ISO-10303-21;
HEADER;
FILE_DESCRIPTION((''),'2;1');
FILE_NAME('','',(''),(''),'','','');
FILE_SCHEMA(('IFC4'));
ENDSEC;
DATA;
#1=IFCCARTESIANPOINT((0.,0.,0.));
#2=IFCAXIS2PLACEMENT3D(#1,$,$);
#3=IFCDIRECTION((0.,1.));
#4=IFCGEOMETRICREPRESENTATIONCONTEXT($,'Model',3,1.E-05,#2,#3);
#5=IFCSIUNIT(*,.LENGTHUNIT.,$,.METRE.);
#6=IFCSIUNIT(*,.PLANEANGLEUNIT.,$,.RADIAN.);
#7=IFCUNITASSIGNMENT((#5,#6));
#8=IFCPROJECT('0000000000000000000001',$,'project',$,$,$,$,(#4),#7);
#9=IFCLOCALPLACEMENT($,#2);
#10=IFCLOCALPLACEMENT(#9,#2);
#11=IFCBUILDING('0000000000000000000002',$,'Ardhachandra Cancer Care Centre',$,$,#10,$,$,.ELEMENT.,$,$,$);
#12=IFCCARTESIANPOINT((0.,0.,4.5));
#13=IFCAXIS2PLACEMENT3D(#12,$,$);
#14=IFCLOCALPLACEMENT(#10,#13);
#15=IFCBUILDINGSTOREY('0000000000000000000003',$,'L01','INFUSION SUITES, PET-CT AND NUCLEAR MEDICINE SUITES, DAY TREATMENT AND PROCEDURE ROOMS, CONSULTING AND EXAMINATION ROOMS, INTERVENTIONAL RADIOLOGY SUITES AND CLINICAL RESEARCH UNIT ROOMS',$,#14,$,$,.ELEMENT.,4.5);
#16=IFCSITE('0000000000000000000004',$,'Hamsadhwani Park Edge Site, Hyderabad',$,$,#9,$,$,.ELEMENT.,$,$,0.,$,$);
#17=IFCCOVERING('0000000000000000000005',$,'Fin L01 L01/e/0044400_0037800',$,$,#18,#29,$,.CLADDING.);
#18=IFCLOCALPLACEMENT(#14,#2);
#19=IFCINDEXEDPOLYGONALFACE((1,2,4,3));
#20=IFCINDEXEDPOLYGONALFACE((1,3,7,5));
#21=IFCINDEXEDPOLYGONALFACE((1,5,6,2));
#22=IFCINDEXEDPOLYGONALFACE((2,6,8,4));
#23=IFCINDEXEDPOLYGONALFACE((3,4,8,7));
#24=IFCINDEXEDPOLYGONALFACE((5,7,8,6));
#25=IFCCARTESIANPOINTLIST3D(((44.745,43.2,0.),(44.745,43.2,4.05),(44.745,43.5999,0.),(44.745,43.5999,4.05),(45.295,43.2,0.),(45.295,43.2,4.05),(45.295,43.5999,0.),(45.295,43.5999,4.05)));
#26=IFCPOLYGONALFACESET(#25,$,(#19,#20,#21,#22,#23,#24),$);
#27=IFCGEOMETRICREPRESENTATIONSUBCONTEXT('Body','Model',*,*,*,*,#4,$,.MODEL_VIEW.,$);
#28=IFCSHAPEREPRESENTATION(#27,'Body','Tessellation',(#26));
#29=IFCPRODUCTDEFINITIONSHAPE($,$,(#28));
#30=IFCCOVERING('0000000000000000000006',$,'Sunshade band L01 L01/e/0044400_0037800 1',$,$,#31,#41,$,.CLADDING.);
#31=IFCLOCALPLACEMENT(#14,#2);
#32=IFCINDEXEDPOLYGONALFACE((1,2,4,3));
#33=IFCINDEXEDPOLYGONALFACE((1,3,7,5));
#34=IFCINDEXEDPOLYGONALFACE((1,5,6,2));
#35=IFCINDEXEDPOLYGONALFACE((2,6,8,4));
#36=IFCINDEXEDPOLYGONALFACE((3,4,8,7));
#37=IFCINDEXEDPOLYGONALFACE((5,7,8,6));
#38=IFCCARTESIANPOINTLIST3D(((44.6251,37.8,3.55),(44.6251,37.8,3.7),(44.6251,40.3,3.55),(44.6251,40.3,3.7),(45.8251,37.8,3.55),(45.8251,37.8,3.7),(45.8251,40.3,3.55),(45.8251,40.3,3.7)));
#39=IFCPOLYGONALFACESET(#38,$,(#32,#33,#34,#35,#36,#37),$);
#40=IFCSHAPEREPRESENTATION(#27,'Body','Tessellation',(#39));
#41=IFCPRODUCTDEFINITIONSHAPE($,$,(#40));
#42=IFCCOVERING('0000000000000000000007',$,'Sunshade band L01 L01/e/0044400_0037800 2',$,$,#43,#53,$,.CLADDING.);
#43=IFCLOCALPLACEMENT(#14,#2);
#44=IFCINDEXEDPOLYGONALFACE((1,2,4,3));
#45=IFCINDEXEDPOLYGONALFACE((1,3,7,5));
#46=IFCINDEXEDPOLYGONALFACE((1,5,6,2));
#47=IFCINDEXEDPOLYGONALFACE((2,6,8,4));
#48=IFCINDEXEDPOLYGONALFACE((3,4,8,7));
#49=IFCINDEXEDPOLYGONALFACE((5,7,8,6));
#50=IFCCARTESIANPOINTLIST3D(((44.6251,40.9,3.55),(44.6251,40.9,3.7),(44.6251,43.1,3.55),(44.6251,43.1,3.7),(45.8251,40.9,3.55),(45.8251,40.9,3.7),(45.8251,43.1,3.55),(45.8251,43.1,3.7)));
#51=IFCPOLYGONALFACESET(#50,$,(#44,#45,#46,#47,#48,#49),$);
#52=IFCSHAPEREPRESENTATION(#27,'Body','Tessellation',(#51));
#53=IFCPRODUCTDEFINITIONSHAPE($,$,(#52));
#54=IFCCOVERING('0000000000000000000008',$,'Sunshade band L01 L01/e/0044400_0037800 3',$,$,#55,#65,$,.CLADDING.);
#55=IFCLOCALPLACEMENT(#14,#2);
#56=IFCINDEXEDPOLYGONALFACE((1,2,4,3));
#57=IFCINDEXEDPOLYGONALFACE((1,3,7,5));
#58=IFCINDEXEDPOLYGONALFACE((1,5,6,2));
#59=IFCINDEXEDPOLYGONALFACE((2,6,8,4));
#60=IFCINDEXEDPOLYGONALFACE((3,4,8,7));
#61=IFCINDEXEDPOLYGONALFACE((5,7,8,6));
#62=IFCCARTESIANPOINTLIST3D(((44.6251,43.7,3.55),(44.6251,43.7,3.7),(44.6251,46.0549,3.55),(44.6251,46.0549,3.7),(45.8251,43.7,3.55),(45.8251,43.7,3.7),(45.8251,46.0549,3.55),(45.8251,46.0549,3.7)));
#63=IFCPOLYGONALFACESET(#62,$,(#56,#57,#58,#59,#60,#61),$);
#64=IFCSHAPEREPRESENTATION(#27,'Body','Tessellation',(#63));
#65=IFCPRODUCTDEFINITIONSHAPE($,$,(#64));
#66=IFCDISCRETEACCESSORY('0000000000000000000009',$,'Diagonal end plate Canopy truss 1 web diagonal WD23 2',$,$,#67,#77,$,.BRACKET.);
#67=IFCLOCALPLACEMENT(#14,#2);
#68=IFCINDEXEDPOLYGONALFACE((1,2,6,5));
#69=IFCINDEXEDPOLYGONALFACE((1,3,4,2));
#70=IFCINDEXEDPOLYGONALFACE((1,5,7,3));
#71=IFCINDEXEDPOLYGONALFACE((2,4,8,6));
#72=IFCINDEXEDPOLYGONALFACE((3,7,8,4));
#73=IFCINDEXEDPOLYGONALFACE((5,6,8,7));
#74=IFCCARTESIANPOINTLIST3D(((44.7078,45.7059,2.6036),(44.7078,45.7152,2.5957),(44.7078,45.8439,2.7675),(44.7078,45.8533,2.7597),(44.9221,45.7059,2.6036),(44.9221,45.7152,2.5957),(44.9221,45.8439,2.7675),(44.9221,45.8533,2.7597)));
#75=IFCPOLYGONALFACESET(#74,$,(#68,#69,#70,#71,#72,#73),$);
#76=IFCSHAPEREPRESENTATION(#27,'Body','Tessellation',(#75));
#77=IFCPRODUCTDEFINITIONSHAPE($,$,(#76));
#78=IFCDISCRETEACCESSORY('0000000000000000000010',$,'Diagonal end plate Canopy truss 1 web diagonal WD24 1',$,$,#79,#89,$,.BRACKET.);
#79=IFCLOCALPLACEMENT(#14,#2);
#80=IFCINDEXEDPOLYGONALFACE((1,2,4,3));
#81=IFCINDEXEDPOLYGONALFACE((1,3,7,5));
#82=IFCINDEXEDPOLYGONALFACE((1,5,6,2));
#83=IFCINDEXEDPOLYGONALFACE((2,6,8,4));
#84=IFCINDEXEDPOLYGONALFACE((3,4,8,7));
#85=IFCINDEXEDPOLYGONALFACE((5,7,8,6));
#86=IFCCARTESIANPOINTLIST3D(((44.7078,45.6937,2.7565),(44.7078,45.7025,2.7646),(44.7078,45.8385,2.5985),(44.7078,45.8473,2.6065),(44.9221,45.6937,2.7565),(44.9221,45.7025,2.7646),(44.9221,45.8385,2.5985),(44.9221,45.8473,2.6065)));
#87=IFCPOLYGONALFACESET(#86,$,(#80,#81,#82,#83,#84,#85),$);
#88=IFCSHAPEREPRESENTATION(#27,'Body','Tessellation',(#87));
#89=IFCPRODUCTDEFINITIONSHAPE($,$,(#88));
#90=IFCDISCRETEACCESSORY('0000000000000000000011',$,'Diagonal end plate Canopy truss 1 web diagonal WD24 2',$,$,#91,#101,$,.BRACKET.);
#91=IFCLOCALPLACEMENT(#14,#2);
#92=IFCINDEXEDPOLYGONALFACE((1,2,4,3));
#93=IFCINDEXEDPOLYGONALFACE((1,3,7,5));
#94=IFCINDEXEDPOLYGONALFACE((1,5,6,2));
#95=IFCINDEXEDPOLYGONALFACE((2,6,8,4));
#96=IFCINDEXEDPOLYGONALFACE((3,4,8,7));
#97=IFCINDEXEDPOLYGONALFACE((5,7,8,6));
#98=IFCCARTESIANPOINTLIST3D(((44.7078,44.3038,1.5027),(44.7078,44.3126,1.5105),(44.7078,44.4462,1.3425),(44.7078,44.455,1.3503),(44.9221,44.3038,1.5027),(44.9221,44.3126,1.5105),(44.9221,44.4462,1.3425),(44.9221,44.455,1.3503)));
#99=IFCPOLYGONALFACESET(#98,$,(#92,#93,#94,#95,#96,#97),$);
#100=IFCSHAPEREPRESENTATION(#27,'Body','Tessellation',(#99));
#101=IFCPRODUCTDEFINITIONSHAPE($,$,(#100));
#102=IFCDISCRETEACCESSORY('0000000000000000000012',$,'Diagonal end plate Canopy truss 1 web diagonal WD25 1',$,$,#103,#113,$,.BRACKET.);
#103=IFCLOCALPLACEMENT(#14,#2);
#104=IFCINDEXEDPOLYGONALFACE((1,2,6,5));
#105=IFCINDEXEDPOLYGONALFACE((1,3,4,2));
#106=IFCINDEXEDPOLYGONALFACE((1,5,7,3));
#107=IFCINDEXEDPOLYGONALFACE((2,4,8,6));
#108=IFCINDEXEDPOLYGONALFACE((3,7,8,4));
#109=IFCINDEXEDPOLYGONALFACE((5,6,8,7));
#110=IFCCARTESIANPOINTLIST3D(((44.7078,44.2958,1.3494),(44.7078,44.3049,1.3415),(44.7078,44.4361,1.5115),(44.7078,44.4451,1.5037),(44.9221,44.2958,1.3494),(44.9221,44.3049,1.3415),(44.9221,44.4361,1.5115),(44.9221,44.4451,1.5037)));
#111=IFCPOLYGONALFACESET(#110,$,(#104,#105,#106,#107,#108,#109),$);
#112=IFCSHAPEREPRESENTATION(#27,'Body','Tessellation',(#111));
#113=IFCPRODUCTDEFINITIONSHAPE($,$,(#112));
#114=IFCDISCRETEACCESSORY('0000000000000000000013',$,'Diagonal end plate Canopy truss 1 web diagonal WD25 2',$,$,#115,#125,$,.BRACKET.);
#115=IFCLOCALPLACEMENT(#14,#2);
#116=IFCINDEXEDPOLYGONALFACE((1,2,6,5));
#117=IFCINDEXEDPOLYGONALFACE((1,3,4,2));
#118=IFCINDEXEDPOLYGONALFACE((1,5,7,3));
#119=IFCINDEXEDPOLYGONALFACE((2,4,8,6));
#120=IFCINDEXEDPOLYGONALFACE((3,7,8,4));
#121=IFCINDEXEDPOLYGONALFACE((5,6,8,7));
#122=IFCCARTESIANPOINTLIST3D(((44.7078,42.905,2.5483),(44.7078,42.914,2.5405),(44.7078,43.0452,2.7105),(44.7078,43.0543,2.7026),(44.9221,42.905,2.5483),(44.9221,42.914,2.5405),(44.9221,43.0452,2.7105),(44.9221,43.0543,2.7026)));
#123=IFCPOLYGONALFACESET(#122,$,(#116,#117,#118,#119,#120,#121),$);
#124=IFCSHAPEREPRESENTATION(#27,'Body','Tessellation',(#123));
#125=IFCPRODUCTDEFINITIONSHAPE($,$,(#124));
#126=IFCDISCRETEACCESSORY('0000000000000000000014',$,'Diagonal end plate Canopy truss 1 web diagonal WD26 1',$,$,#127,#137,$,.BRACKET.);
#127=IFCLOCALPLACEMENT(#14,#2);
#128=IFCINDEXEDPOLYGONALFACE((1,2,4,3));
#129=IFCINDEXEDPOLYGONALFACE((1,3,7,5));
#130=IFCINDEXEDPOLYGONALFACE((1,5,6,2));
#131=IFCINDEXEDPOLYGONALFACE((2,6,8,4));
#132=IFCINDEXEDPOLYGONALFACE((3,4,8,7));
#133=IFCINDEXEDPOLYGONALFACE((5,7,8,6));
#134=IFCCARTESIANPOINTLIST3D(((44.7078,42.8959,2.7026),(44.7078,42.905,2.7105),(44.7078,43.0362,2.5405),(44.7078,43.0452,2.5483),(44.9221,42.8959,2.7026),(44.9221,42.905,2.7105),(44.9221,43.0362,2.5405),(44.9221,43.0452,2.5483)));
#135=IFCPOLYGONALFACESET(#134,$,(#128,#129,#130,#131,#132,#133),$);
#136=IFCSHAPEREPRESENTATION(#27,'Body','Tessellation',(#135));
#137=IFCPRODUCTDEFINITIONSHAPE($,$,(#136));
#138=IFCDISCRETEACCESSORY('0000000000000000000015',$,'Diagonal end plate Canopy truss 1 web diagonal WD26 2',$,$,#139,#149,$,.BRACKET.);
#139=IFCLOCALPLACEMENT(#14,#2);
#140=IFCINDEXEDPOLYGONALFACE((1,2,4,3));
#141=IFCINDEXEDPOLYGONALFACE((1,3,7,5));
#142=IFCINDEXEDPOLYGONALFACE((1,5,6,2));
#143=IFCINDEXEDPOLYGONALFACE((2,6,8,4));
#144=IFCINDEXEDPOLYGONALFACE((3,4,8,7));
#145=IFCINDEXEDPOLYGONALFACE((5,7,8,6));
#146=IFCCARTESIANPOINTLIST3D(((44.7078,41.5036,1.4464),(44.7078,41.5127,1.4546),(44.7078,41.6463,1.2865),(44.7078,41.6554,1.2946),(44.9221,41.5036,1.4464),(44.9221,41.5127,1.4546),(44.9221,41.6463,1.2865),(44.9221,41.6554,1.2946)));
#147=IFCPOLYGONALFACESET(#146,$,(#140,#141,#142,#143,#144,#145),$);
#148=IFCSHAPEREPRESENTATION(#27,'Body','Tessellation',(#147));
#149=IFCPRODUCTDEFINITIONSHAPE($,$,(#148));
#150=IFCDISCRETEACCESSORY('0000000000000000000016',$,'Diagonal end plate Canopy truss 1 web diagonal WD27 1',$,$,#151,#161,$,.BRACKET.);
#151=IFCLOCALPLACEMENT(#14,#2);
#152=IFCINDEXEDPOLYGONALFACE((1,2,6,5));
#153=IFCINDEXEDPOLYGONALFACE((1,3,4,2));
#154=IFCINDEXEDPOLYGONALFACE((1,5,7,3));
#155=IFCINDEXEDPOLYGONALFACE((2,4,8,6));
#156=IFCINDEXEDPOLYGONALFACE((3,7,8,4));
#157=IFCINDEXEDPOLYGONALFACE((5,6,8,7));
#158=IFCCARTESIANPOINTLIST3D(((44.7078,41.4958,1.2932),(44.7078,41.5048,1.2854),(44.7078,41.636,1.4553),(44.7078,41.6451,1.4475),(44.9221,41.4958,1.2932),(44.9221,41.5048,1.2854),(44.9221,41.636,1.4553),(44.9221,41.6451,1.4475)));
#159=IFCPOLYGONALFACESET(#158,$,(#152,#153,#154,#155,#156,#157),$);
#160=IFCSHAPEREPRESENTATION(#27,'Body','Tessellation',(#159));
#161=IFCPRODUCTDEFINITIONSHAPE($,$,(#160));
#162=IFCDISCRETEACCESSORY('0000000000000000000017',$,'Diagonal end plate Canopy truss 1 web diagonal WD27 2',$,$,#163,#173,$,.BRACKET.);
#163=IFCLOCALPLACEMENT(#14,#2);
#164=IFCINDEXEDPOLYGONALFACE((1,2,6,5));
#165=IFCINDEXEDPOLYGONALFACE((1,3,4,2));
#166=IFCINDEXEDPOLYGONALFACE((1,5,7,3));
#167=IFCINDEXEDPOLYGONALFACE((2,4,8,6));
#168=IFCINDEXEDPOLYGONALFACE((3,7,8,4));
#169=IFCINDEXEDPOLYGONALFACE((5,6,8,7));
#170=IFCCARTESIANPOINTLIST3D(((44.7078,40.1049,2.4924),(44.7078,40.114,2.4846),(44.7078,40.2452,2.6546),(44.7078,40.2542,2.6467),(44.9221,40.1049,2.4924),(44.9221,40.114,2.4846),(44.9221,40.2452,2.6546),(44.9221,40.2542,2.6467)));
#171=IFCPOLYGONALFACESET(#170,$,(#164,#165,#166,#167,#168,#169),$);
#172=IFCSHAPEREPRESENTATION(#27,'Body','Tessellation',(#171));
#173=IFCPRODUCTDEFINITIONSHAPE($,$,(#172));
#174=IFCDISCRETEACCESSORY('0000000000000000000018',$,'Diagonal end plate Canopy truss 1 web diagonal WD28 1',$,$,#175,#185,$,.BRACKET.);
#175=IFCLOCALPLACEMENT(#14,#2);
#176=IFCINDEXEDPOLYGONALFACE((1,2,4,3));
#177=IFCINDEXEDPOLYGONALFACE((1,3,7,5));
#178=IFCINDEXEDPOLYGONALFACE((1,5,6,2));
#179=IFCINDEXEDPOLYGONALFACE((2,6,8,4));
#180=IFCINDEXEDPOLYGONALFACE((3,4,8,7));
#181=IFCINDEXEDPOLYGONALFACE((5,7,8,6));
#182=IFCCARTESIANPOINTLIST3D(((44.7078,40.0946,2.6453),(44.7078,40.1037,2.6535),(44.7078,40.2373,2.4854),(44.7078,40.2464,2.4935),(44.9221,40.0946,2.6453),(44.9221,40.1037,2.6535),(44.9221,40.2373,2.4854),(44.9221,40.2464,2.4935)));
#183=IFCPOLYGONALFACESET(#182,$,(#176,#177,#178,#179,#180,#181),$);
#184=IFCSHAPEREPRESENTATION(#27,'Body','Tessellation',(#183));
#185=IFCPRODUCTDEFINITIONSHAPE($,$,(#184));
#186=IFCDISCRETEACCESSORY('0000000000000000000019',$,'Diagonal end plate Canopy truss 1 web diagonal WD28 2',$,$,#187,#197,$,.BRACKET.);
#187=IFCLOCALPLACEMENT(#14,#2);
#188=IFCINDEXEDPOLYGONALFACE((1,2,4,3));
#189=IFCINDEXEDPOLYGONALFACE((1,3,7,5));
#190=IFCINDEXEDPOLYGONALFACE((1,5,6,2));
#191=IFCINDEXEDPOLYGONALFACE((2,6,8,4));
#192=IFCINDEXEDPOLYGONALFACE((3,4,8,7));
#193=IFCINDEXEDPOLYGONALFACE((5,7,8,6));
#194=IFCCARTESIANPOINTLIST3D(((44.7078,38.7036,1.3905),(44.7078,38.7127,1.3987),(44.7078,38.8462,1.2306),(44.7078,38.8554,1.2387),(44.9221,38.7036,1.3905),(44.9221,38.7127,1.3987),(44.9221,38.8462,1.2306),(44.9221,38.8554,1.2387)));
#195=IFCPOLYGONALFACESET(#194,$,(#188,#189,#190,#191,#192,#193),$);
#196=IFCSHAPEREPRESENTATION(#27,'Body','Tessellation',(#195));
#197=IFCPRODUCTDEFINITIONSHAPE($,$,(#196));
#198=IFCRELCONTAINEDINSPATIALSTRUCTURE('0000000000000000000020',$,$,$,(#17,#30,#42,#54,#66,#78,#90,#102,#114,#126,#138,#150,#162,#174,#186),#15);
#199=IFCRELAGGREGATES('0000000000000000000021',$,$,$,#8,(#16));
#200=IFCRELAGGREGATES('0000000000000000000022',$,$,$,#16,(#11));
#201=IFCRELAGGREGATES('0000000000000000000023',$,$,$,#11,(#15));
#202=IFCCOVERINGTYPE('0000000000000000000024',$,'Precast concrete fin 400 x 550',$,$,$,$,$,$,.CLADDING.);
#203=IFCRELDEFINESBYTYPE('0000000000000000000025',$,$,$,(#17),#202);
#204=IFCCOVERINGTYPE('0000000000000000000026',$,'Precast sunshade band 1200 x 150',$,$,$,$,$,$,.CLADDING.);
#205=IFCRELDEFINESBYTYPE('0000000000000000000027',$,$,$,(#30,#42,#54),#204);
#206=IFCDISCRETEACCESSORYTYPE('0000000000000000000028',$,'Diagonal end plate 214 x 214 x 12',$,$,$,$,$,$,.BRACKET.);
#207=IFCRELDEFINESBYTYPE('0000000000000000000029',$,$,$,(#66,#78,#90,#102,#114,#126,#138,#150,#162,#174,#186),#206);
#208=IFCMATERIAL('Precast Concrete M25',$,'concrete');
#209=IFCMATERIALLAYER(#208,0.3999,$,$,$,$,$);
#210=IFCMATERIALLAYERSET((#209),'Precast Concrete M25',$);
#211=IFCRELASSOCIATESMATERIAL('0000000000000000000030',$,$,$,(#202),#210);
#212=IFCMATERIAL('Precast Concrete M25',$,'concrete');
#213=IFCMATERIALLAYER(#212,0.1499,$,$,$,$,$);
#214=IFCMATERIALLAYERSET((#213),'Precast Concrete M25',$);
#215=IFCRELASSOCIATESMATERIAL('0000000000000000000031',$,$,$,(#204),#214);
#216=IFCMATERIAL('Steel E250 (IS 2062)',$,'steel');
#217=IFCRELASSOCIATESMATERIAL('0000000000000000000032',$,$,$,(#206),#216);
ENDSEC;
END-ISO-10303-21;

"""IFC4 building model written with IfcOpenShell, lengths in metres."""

from ifc_helpers import new_model, si_unit, direction, frame, origin, origin_2d, place, context, subcontext, project, spatial, rectangle, extrude, material, layer, layer_set, material_profile, profile_set, type_object, element, save


model = new_model("IFC4")

# Units and contexts
model_context = context("Model", 3, precision=1e-05, world=origin(), true_north=direction((0.0, 1.0)))
body_context = subcontext(model_context, "Body", "Model", "MODEL_VIEW")
ifc_project = project(units=[si_unit("LENGTHUNIT", "METRE"), si_unit("PLANEANGLEUNIT", "RADIAN")], contexts=[model_context])

# Site, building, storey
site_placement = place(None, origin())
site = spatial("IfcSite", under=ifc_project, at=site_placement, Name="Hamsadhwani Park Edge Site, Hyderabad", CompositionType="ELEMENT", RefElevation=0.0)
building_placement = place(site_placement, origin())
building = spatial("IfcBuilding", under=site, at=building_placement, Name="Ardhachandra Cancer Care Centre", CompositionType="ELEMENT")
storey_placement = place(building_placement, frame((0.0, 0.0, 4.5)))
storey = spatial("IfcBuildingStorey", under=building, at=storey_placement, Name="L01", Description="INFUSION SUITES, PET-CT AND NUCLEAR MEDICINE SUITES, DAY TREATMENT AND PROCEDURE ROOMS, CONSULTING AND EXAMINATION ROOMS, INTERVENTIONAL RADIOLOGY SUITES AND CLINICAL RESEARCH UNIT ROOMS", CompositionType="ELEMENT", Elevation=4.5)

# Coverings
ifc_material_1 = material(Name="Precast Concrete M25", Category="concrete")
ifc_layer_1 = layer(ifc_material_1, 0.3999)
ifc_layer_set_1 = layer_set([ifc_layer_1], Name="Precast Concrete M25")
covering_type_1 = type_object("IfcCoveringType", Name="Precast concrete fin 400 x 550", PredefinedType="CLADDING", material=ifc_layer_set_1)
for number, where, z_axis, x_axis, name in (
    (1, (45.02, 43.3999, 0.0), (0.0, 0.0, 1.0), (0.0, 1.0, 0.0), "Fin L01 L01/e/0044400_0037800"),
):
    element("IfcCovering", number, at=place(storey_placement, frame(where, z_axis=z_axis, x_axis=x_axis)), inside=storey, type_object=covering_type_1, Name=name, PredefinedType="CLADDING", context=body_context, shape_type="SweptSolid", body=[
        extrude(rectangle(XDim=0.3999, YDim=0.55, at=origin_2d()), origin(), (0.0, 0.0, 1.0), 4.05),
    ])
ifc_material_2 = material(Name="Precast Concrete M25", Category="concrete")
ifc_layer_2 = layer(ifc_material_2, 0.1499)
ifc_layer_set_2 = layer_set([ifc_layer_2], Name="Precast Concrete M25")
covering_type_2 = type_object("IfcCoveringType", Name="Precast sunshade band 1200 x 150", PredefinedType="CLADDING", material=ifc_layer_set_2)
covering_1_placement = place(storey_placement, frame((45.2251, 39.05, 3.55), z_axis=(0.0, 0.0, 1.0), x_axis=(0.0, 1.0, 0.0)))
element("IfcCovering", 2, at=covering_1_placement, inside=storey, type_object=covering_type_2, Name="Sunshade band L01 L01/e/0044400_0037800 1", PredefinedType="CLADDING", context=body_context, shape_type="SweptSolid", body=[
    extrude(rectangle(XDim=2.5, YDim=1.2, at=origin_2d()), origin(), (0.0, 0.0, 1.0), 0.1499),
])
covering_2_placement = place(storey_placement, frame((45.2251, 42.0, 3.55), z_axis=(0.0, 0.0, 1.0), x_axis=(0.0, 1.0, 0.0)))
element("IfcCovering", 3, at=covering_2_placement, inside=storey, type_object=covering_type_2, Name="Sunshade band L01 L01/e/0044400_0037800 2", PredefinedType="CLADDING", context=body_context, shape_type="SweptSolid", body=[
    extrude(rectangle(XDim=2.2, YDim=1.2, at=origin_2d()), origin(), (0.0, 0.0, 1.0), 0.1499),
])
covering_3_placement = place(storey_placement, frame((45.2251, 44.8774, 3.55), z_axis=(0.0, 0.0, 1.0), x_axis=(0.0, 1.0, 0.0)))
element("IfcCovering", 4, at=covering_3_placement, inside=storey, type_object=covering_type_2, Name="Sunshade band L01 L01/e/0044400_0037800 3", PredefinedType="CLADDING", context=body_context, shape_type="SweptSolid", body=[
    extrude(rectangle(XDim=2.355, YDim=1.2, at=origin_2d()), origin(), (0.0, 0.0, 1.0), 0.1499),
])

# Discrete accessories
ifc_material_3 = material(Name="Steel E250 (IS 2062)", Category="steel")
ifc_material_profile_1 = material_profile(ifc_material_3, rectangle(XDim=0.2144, YDim=0.2144, at=origin_2d()), Name="PL 214x214x12")
ifc_profile_set_1 = profile_set([ifc_material_profile_1], Name="Steel E250 (IS 2062)")
discrete_accessory_type = type_object("IfcDiscreteAccessoryType", Name="Diagonal end plate 214 x 214 x 12", PredefinedType="BRACKET", material=ifc_profile_set_1)
discrete_accessory_1_placement = place(storey_placement, frame((44.8149, 45.7749, 2.6855), z_axis=(0.0, 0.764911, -0.644136), x_axis=(-1.0, 0.0, 0.0)))
element("IfcDiscreteAccessory", 5, at=discrete_accessory_1_placement, inside=storey, type_object=discrete_accessory_type, Name="Diagonal end plate Canopy truss 1 web diagonal WD23 2", PredefinedType="BRACKET", context=body_context, shape_type="SweptSolid", body=[
    extrude(rectangle(XDim=0.2144, YDim=0.2144, at=origin_2d()), origin(), (0.0, 0.0, 1.0), 0.0122),
])
discrete_accessory_2_placement = place(storey_placement, frame((44.8149, 45.7749, 2.6855), z_axis=(0.0, -0.737154, -0.675725), x_axis=(1.0, 0.0, 0.0)))
element("IfcDiscreteAccessory", 6, at=discrete_accessory_2_placement, inside=storey, type_object=discrete_accessory_type, Name="Diagonal end plate Canopy truss 1 web diagonal WD24 1", PredefinedType="BRACKET", context=body_context, shape_type="SweptSolid", body=[
    extrude(rectangle(XDim=0.2144, YDim=0.2144, at=origin_2d()), origin(), (0.0, 0.0, 1.0), 0.012),
])
discrete_accessory_3_placement = place(storey_placement, frame((44.8149, 44.375, 1.4226), z_axis=(0.0, 0.747409, 0.664364), x_axis=(-1.0, 0.0, 0.0)))
element("IfcDiscreteAccessory", 7, at=discrete_accessory_3_placement, inside=storey, type_object=discrete_accessory_type, Name="Diagonal end plate Canopy truss 1 web diagonal WD24 2", PredefinedType="BRACKET", context=body_context, shape_type="SweptSolid", body=[
    extrude(rectangle(XDim=0.2144, YDim=0.2144, at=origin_2d()), origin(), (0.0, 0.0, 1.0), 0.0117),
])
for number, where, z_axis, x_axis, name in (
    (8, (44.8149, 44.375, 1.4226), (0.0, -0.756363, 0.654152), (1.0, 0.0, 0.0), "Diagonal end plate Canopy truss 1 web diagonal WD25 1"),
    (9, (44.8149, 42.9751, 2.6294), (0.0, 0.756363, -0.654152), (-1.0, 0.0, 0.0), "Diagonal end plate Canopy truss 1 web diagonal WD25 2"),
    (10, (44.8149, 42.9751, 2.6294), (0.0, -0.756363, -0.654152), (1.0, 0.0, 0.0), "Diagonal end plate Canopy truss 1 web diagonal WD26 1"),
):
    element("IfcDiscreteAccessory", number, at=place(storey_placement, frame(where, z_axis=z_axis, x_axis=x_axis)), inside=storey, type_object=discrete_accessory_type, Name=name, PredefinedType="BRACKET", context=body_context, shape_type="SweptSolid", body=[
        extrude(rectangle(XDim=0.2144, YDim=0.2144, at=origin_2d()), origin(), (0.0, 0.0, 1.0), 0.012),
    ])
discrete_accessory_4_placement = place(storey_placement, frame((44.8149, 41.575, 1.3665), z_axis=(0.0, 0.746295, 0.665615), x_axis=(-1.0, 0.0, 0.0)))
element("IfcDiscreteAccessory", 11, at=discrete_accessory_4_placement, inside=storey, type_object=discrete_accessory_type, Name="Diagonal end plate Canopy truss 1 web diagonal WD26 2", PredefinedType="BRACKET", context=body_context, shape_type="SweptSolid", body=[
    extrude(rectangle(XDim=0.2144, YDim=0.2144, at=origin_2d()), origin(), (0.0, 0.0, 1.0), 0.0122),
])
for number, where, z_axis, x_axis, name in (
    (12, (44.8149, 41.575, 1.3665), (0.0, -0.756363, 0.654152), (1.0, 0.0, 0.0), "Diagonal end plate Canopy truss 1 web diagonal WD27 1"),
    (13, (44.8149, 40.175, 2.5735), (0.0, 0.756363, -0.654152), (-1.0, 0.0, 0.0), "Diagonal end plate Canopy truss 1 web diagonal WD27 2"),
):
    element("IfcDiscreteAccessory", number, at=place(storey_placement, frame(where, z_axis=z_axis, x_axis=x_axis)), inside=storey, type_object=discrete_accessory_type, Name=name, PredefinedType="BRACKET", context=body_context, shape_type="SweptSolid", body=[
        extrude(rectangle(XDim=0.2144, YDim=0.2144, at=origin_2d()), origin(), (0.0, 0.0, 1.0), 0.012),
    ])
for number, where, z_axis, x_axis, name in (
    (14, (44.8149, 40.175, 2.5735), (0.0, -0.746295, -0.665615), (1.0, 0.0, 0.0), "Diagonal end plate Canopy truss 1 web diagonal WD28 1"),
    (15, (44.8149, 38.7749, 1.3105), (0.0, 0.746295, 0.665615), (-1.0, 0.0, 0.0), "Diagonal end plate Canopy truss 1 web diagonal WD28 2"),
):
    element("IfcDiscreteAccessory", number, at=place(storey_placement, frame(where, z_axis=z_axis, x_axis=x_axis)), inside=storey, type_object=discrete_accessory_type, Name=name, PredefinedType="BRACKET", context=body_context, shape_type="SweptSolid", body=[
        extrude(rectangle(XDim=0.2144, YDim=0.2144, at=origin_2d()), origin(), (0.0, 0.0, 1.0), 0.0122),
    ])

save(model, "model.ifc")
